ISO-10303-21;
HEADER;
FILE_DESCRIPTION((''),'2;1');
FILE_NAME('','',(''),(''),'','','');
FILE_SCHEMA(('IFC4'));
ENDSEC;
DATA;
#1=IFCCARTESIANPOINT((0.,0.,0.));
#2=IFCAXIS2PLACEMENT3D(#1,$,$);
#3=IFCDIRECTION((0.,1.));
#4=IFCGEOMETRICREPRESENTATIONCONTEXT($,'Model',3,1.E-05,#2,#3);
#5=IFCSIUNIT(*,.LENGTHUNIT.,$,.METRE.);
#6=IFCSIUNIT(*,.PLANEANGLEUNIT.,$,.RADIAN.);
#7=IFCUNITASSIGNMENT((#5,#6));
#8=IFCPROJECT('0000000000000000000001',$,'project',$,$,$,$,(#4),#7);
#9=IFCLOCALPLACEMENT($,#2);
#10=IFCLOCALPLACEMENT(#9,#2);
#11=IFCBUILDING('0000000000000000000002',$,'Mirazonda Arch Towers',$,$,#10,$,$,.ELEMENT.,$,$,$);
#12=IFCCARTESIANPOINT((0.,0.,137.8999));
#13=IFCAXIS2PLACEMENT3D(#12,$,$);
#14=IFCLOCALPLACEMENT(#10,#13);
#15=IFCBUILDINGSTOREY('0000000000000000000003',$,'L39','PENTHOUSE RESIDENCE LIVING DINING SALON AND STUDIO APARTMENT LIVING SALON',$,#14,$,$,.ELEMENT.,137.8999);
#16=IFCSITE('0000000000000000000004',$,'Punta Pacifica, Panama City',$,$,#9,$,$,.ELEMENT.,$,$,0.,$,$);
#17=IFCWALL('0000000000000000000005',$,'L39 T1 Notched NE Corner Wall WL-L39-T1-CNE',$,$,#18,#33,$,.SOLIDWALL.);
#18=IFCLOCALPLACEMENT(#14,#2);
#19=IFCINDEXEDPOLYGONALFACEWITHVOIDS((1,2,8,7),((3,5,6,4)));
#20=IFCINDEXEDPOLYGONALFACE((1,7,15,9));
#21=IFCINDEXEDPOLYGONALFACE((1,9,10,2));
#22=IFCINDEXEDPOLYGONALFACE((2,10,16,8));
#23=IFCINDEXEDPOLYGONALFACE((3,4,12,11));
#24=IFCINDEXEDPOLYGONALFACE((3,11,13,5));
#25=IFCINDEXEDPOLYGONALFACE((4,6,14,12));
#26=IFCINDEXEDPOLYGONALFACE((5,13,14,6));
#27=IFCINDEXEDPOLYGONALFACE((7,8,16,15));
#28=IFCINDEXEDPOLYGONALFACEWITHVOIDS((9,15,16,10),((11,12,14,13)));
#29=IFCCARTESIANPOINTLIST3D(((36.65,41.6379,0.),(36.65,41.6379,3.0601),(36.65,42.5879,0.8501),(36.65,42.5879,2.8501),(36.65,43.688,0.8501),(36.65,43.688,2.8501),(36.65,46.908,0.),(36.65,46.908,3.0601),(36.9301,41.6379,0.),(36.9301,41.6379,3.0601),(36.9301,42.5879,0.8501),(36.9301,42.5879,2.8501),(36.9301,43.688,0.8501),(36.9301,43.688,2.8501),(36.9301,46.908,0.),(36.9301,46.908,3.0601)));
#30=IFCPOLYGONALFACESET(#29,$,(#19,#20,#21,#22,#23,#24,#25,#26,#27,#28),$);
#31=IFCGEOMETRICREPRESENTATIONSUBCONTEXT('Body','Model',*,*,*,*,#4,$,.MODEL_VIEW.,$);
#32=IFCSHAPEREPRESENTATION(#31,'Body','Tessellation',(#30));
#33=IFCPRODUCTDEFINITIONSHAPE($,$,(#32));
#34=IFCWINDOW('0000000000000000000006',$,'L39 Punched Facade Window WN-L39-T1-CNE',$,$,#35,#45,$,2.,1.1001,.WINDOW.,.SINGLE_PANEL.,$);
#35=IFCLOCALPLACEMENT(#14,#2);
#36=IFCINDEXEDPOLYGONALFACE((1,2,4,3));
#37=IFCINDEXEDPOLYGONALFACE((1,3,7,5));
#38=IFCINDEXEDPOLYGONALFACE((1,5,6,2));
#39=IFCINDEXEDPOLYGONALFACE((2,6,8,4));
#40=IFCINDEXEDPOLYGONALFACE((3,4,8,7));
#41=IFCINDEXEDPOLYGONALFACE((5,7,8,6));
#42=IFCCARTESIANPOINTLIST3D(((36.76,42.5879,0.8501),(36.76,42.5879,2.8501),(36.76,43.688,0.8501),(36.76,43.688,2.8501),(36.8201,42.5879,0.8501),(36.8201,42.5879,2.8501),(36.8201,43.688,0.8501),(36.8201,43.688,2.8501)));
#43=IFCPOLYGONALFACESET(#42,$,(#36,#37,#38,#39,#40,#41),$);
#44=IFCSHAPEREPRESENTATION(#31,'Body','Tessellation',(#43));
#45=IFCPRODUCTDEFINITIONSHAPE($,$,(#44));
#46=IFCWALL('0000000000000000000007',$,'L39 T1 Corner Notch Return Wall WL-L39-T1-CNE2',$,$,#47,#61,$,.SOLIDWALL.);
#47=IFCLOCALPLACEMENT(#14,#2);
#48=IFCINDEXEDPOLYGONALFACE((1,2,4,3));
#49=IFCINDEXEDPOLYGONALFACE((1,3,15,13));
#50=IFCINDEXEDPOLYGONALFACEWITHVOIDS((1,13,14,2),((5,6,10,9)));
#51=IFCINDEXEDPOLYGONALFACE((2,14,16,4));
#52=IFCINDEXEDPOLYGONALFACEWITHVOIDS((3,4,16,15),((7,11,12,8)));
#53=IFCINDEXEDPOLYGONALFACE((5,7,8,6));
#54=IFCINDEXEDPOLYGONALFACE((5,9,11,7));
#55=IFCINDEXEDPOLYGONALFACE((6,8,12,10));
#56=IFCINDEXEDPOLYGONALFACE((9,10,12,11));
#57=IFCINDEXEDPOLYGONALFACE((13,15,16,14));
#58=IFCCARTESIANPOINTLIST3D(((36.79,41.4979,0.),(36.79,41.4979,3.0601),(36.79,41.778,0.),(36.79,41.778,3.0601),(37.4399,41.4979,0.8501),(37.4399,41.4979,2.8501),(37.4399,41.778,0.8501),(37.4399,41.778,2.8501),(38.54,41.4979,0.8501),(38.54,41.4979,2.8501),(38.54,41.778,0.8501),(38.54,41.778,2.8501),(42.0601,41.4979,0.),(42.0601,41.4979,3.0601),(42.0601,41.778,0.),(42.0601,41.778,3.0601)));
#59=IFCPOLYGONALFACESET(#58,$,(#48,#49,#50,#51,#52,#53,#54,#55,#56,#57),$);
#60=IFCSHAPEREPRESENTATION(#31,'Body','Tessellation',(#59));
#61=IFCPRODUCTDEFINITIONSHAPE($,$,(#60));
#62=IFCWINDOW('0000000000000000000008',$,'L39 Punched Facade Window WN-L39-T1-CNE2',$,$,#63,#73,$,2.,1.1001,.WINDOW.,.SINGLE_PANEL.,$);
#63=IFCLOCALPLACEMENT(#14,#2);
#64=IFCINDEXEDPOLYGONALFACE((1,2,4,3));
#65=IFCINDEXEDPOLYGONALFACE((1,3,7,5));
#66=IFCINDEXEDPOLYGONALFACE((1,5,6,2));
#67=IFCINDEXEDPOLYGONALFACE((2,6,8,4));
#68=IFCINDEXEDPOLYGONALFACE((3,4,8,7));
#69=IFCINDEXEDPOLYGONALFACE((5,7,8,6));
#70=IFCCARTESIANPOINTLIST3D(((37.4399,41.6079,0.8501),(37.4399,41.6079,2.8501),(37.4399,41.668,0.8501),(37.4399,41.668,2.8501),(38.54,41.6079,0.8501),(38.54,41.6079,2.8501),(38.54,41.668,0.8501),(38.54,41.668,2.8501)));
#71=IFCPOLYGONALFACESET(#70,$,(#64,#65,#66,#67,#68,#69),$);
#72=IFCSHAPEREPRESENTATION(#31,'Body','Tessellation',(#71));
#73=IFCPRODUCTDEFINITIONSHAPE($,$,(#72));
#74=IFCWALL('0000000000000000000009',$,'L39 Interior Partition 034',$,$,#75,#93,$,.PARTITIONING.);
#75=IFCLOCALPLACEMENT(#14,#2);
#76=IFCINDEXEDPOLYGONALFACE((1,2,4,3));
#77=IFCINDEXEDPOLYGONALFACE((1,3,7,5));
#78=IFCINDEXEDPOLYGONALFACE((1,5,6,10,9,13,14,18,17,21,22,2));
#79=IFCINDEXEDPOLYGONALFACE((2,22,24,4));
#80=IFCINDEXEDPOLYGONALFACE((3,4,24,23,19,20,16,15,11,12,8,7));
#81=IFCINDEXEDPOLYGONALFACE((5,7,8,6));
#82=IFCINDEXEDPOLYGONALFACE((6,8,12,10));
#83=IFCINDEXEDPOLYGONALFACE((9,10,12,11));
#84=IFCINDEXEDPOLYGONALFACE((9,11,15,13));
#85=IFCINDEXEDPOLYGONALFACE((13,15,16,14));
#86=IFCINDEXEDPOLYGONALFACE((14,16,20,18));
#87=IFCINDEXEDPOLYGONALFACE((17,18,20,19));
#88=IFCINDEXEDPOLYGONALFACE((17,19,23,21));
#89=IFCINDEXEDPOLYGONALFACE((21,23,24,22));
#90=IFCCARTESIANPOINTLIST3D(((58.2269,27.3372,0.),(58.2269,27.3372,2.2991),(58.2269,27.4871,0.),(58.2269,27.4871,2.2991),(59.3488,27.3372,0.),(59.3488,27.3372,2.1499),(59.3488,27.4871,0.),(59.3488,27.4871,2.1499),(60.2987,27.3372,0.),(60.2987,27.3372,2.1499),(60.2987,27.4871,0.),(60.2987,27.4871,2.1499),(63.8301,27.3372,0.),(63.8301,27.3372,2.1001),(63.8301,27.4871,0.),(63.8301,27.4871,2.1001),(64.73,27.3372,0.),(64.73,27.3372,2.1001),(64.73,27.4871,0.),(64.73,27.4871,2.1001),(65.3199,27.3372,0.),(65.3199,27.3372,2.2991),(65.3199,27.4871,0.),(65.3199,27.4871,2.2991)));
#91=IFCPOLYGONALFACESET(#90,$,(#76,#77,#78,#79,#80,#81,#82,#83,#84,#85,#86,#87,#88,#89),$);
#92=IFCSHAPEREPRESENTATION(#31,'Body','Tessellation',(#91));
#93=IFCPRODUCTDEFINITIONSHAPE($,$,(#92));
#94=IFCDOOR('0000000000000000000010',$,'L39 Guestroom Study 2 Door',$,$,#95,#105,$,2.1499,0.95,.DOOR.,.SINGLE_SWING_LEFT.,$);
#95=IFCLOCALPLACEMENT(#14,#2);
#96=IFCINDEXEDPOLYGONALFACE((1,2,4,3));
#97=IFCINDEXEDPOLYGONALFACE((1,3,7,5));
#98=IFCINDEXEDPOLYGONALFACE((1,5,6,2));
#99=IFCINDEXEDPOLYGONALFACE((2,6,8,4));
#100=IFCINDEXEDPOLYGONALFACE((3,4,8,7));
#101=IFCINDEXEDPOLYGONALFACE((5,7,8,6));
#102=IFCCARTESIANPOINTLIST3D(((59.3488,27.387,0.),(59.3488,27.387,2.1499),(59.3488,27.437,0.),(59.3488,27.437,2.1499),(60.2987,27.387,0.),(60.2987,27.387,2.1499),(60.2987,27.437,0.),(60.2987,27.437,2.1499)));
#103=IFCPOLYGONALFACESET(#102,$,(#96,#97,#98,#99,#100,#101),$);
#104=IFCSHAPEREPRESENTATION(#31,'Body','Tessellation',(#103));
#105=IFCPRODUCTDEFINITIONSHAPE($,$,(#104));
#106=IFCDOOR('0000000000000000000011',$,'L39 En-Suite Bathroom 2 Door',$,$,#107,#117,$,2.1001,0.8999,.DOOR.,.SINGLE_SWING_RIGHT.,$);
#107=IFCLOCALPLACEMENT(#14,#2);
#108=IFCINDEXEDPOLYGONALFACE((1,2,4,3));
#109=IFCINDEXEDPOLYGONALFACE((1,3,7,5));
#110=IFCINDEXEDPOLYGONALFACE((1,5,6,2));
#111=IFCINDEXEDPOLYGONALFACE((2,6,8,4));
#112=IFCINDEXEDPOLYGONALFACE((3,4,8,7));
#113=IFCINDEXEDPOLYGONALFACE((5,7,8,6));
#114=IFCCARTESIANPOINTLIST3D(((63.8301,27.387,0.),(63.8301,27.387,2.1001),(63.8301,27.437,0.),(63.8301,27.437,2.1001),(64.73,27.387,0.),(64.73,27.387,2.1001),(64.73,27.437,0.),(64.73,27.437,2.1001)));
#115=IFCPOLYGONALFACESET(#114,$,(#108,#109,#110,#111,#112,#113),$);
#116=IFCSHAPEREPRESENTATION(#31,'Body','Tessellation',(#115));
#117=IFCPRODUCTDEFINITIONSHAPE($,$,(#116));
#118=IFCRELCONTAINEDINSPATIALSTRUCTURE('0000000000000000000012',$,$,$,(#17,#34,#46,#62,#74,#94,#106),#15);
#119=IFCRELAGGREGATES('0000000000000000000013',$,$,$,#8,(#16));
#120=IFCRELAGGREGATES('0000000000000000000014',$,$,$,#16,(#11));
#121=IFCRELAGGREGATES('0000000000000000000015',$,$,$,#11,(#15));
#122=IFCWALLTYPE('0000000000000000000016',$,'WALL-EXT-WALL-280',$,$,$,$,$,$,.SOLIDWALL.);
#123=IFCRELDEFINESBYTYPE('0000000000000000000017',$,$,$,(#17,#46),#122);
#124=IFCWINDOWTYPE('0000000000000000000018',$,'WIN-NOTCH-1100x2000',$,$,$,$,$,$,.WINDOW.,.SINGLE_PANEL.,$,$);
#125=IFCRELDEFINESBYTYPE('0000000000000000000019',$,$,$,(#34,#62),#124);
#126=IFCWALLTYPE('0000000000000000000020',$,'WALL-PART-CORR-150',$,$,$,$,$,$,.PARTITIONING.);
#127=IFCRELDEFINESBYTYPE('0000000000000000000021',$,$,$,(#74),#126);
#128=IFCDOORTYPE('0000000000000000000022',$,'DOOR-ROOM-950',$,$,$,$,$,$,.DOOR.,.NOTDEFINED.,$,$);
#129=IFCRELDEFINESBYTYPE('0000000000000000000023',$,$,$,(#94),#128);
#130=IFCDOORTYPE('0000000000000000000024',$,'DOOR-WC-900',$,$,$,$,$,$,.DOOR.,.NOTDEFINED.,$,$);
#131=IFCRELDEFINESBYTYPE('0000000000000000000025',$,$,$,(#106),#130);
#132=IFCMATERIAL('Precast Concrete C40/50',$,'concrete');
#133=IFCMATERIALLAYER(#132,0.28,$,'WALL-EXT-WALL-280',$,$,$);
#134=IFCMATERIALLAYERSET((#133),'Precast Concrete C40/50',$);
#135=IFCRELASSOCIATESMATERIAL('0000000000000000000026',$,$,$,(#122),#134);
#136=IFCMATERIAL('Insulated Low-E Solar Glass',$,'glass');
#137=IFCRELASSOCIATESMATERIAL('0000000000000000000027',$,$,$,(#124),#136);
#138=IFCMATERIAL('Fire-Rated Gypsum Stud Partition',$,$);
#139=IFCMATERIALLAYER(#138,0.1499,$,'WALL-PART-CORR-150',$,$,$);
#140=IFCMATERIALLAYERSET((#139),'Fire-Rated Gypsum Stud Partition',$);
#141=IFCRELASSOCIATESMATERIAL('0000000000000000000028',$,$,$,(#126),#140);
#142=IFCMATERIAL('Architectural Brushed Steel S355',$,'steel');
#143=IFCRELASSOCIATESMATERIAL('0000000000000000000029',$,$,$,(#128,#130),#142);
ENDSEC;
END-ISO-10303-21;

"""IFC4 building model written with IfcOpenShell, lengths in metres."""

from ifc_helpers import new_model, si_unit, direction, frame, frame_2d, origin, place, context, subcontext, project, spatial, rectangle, extrude, material, layer, layer_set, type_object, element, fill, save


model = new_model("IFC4")

# Units and contexts
model_context = context("Model", 3, precision=1e-05, world=origin(), true_north=direction((0.0, 1.0)))
body_context = subcontext(model_context, "Body", "Model", "MODEL_VIEW")
ifc_project = project(units=[si_unit("LENGTHUNIT", "METRE"), si_unit("PLANEANGLEUNIT", "RADIAN")], contexts=[model_context])

# Site, building, storey
site_placement = place(None, origin())
site = spatial("IfcSite", under=ifc_project, at=site_placement, Name="Punta Pacifica, Panama City", CompositionType="ELEMENT", RefElevation=0.0)
building_placement = place(site_placement, origin())
building = spatial("IfcBuilding", under=site, at=building_placement, Name="Mirazonda Arch Towers", CompositionType="ELEMENT")
storey_placement = place(building_placement, frame((0.0, 0.0, 137.8999)))
storey = spatial("IfcBuildingStorey", under=building, at=storey_placement, Name="L39", Description="PENTHOUSE RESIDENCE LIVING DINING SALON AND STUDIO APARTMENT LIVING SALON", CompositionType="ELEMENT", Elevation=137.8999)

# Shared definitions
ifc_material_1 = material(Name="Insulated Low-E Solar Glass", Category="glass")

# Walls, openings, windows
ifc_material_2 = material(Name="Precast Concrete C40/50", Category="concrete")
ifc_layer_1 = layer(ifc_material_2, 0.28, Name="WALL-EXT-WALL-280")
ifc_layer_set_1 = layer_set([ifc_layer_1], Name="Precast Concrete C40/50")
wall_type_1 = type_object("IfcWallType", Name="WALL-EXT-WALL-280", PredefinedType="SOLIDWALL", material=ifc_layer_set_1)
wall_1_placement = place(storey_placement, frame((36.79, 41.6379, 0.0), z_axis=(0.0, 0.0, 1.0), x_axis=(0.0, 1.0, 0.0)))
wall_1 = element("IfcWall", 1, at=wall_1_placement, inside=storey, type_object=wall_type_1, Name="L39 T1 Notched NE Corner Wall WL-L39-T1-CNE", PredefinedType="SOLIDWALL", context=body_context, shape_type="SweptSolid", body=[
    extrude(rectangle(XDim=5.27, YDim=0.28, at=frame_2d((2.635, 0.0))), origin(), (0.0, 0.0, 1.0), 3.0601),
])
opening_1_placement = place(wall_1_placement, frame((0.95, 0.0, 0.8501)))
opening_1 = element("IfcOpeningElement", 2, at=opening_1_placement, cuts=wall_1, PredefinedType="OPENING", context=body_context, shape_type="SweptSolid", body=[
    extrude(rectangle(XDim=1.1001, YDim=2.0, at=frame_2d((0.55, 1.0))), frame((0.0, 0.1499, 0.0), z_axis=(0.0, -1.0, 0.0), x_axis=(1.0, 0.0, 0.0)), (0.0, 0.0, 1.0), 0.3),
])
window_type = type_object("IfcWindowType", Name="WIN-NOTCH-1100x2000", PartitioningType="SINGLE_PANEL", PredefinedType="WINDOW", material=ifc_material_1)
window_1_placement = place(opening_1_placement, origin())
window_1 = element("IfcWindow", 3, at=window_1_placement, inside=storey, type_object=window_type, Name="L39 Punched Facade Window WN-L39-T1-CNE", OverallHeight=2.0, OverallWidth=1.1001, PartitioningType="SINGLE_PANEL", PredefinedType="WINDOW", context=body_context, shape_type="SweptSolid", body=[
    extrude(rectangle(XDim=1.1001, YDim=2.0, at=frame_2d((0.55, 1.0))), frame((0.0, 0.03, 0.0), z_axis=(0.0, -1.0, 0.0), x_axis=(1.0, 0.0, 0.0)), (0.0, 0.0, 1.0), 0.0601),
])
fill(opening_1, window_1)
wall_2_placement = place(storey_placement, frame((42.0601, 41.6379, 0.0), z_axis=(0.0, 0.0, 1.0), x_axis=(-1.0, 0.0, 0.0)))
wall_2 = element("IfcWall", 4, at=wall_2_placement, inside=storey, type_object=wall_type_1, Name="L39 T1 Corner Notch Return Wall WL-L39-T1-CNE2", PredefinedType="SOLIDWALL", context=body_context, shape_type="SweptSolid", body=[
    extrude(rectangle(XDim=5.27, YDim=0.28, at=frame_2d((2.635, 0.0))), origin(), (0.0, 0.0, 1.0), 3.0601),
])
opening_2_placement = place(wall_2_placement, frame((3.52, 0.0, 0.8501)))
opening_2 = element("IfcOpeningElement", 5, at=opening_2_placement, cuts=wall_2, PredefinedType="OPENING", context=body_context, shape_type="SweptSolid", body=[
    extrude(rectangle(XDim=1.1001, YDim=2.0, at=frame_2d((0.55, 1.0))), frame((0.0, 0.1499, 0.0), z_axis=(0.0, -1.0, 0.0), x_axis=(1.0, 0.0, 0.0)), (0.0, 0.0, 1.0), 0.3),
])
window_2_placement = place(opening_2_placement, origin())
window_2 = element("IfcWindow", 6, at=window_2_placement, inside=storey, type_object=window_type, Name="L39 Punched Facade Window WN-L39-T1-CNE2", OverallHeight=2.0, OverallWidth=1.1001, PartitioningType="SINGLE_PANEL", PredefinedType="WINDOW", context=body_context, shape_type="SweptSolid", body=[
    extrude(rectangle(XDim=1.1001, YDim=2.0, at=frame_2d((0.55, 1.0))), frame((0.0, 0.03, 0.0), z_axis=(0.0, -1.0, 0.0), x_axis=(1.0, 0.0, 0.0)), (0.0, 0.0, 1.0), 0.0601),
])
fill(opening_2, window_2)

# Wall, openings, doors
ifc_material_3 = material(Name="Fire-Rated Gypsum Stud Partition")
ifc_layer_2 = layer(ifc_material_3, 0.1499, Name="WALL-PART-CORR-150")
ifc_layer_set_2 = layer_set([ifc_layer_2], Name="Fire-Rated Gypsum Stud Partition")
wall_type_2 = type_object("IfcWallType", Name="WALL-PART-CORR-150", PredefinedType="PARTITIONING", material=ifc_layer_set_2)
wall_3_placement = place(storey_placement, frame((58.2271, 27.4121, 0.0), z_axis=(0.0, 0.0, 1.0), x_axis=(1.0, 0.0, 0.0)))
wall_3 = element("IfcWall", 7, at=wall_3_placement, inside=storey, type_object=wall_type_2, Name="L39 Interior Partition 034", PredefinedType="PARTITIONING", context=body_context, shape_type="SweptSolid", body=[
    extrude(rectangle(XDim=7.093, YDim=0.1499, at=frame_2d((3.5464, 0.0))), origin(), (0.0, 0.0, 1.0), 2.2991),
])
opening_3_placement = place(wall_3_placement, frame((1.1216, 0.0, 0.0)))
opening_3 = element("IfcOpeningElement", 8, at=opening_3_placement, cuts=wall_3, PredefinedType="OPENING", context=body_context, shape_type="SweptSolid", body=[
    extrude(rectangle(XDim=0.95, YDim=2.1499, at=frame_2d((0.4751, 1.075))), frame((0.0, 0.085, 0.0), z_axis=(0.0, -1.0, 0.0), x_axis=(1.0, 0.0, 0.0)), (0.0, 0.0, 1.0), 0.1699),
])
opening_4_placement = place(wall_3_placement, frame((5.603, 0.0, 0.0)))
opening_4 = element("IfcOpeningElement", 9, at=opening_4_placement, cuts=wall_3, PredefinedType="OPENING", context=body_context, shape_type="SweptSolid", body=[
    extrude(rectangle(XDim=0.8999, YDim=2.1001, at=frame_2d((0.45, 1.05))), frame((0.0, 0.085, 0.0), z_axis=(0.0, -1.0, 0.0), x_axis=(1.0, 0.0, 0.0)), (0.0, 0.0, 1.0), 0.1699),
])
ifc_material_4 = material(Name="Architectural Brushed Steel S355", Category="steel")
door_type_1 = type_object("IfcDoorType", Name="DOOR-ROOM-950", OperationType="NOTDEFINED", PredefinedType="DOOR", material=ifc_material_4)
door_1_placement = place(opening_3_placement, origin())
door_1 = element("IfcDoor", 10, at=door_1_placement, inside=storey, type_object=door_type_1, Name="L39 Guestroom Study 2 Door", OperationType="SINGLE_SWING_LEFT", OverallHeight=2.1499, OverallWidth=0.95, PredefinedType="DOOR", context=body_context, shape_type="SweptSolid", body=[
    extrude(rectangle(XDim=0.95, YDim=2.1499, at=frame_2d((0.4751, 1.075))), frame((0.0, 0.0249, 0.0), z_axis=(0.0, -1.0, 0.0), x_axis=(1.0, 0.0, 0.0)), (0.0, 0.0, 1.0), 0.05),
])
fill(opening_3, door_1)
door_type_2 = type_object("IfcDoorType", Name="DOOR-WC-900", OperationType="NOTDEFINED", PredefinedType="DOOR", material=ifc_material_4)
door_2_placement = place(opening_4_placement, origin())
door_2 = element("IfcDoor", 11, at=door_2_placement, inside=storey, type_object=door_type_2, Name="L39 En-Suite Bathroom 2 Door", OperationType="SINGLE_SWING_RIGHT", OverallHeight=2.1001, OverallWidth=0.8999, PredefinedType="DOOR", context=body_context, shape_type="SweptSolid", body=[
    extrude(rectangle(XDim=0.8999, YDim=2.1001, at=frame_2d((0.45, 1.05))), frame((0.0, 0.0249, 0.0), z_axis=(0.0, -1.0, 0.0), x_axis=(1.0, 0.0, 0.0)), (0.0, 0.0, 1.0), 0.05),
])
fill(opening_4, door_2)

save(model, "model.ifc")
